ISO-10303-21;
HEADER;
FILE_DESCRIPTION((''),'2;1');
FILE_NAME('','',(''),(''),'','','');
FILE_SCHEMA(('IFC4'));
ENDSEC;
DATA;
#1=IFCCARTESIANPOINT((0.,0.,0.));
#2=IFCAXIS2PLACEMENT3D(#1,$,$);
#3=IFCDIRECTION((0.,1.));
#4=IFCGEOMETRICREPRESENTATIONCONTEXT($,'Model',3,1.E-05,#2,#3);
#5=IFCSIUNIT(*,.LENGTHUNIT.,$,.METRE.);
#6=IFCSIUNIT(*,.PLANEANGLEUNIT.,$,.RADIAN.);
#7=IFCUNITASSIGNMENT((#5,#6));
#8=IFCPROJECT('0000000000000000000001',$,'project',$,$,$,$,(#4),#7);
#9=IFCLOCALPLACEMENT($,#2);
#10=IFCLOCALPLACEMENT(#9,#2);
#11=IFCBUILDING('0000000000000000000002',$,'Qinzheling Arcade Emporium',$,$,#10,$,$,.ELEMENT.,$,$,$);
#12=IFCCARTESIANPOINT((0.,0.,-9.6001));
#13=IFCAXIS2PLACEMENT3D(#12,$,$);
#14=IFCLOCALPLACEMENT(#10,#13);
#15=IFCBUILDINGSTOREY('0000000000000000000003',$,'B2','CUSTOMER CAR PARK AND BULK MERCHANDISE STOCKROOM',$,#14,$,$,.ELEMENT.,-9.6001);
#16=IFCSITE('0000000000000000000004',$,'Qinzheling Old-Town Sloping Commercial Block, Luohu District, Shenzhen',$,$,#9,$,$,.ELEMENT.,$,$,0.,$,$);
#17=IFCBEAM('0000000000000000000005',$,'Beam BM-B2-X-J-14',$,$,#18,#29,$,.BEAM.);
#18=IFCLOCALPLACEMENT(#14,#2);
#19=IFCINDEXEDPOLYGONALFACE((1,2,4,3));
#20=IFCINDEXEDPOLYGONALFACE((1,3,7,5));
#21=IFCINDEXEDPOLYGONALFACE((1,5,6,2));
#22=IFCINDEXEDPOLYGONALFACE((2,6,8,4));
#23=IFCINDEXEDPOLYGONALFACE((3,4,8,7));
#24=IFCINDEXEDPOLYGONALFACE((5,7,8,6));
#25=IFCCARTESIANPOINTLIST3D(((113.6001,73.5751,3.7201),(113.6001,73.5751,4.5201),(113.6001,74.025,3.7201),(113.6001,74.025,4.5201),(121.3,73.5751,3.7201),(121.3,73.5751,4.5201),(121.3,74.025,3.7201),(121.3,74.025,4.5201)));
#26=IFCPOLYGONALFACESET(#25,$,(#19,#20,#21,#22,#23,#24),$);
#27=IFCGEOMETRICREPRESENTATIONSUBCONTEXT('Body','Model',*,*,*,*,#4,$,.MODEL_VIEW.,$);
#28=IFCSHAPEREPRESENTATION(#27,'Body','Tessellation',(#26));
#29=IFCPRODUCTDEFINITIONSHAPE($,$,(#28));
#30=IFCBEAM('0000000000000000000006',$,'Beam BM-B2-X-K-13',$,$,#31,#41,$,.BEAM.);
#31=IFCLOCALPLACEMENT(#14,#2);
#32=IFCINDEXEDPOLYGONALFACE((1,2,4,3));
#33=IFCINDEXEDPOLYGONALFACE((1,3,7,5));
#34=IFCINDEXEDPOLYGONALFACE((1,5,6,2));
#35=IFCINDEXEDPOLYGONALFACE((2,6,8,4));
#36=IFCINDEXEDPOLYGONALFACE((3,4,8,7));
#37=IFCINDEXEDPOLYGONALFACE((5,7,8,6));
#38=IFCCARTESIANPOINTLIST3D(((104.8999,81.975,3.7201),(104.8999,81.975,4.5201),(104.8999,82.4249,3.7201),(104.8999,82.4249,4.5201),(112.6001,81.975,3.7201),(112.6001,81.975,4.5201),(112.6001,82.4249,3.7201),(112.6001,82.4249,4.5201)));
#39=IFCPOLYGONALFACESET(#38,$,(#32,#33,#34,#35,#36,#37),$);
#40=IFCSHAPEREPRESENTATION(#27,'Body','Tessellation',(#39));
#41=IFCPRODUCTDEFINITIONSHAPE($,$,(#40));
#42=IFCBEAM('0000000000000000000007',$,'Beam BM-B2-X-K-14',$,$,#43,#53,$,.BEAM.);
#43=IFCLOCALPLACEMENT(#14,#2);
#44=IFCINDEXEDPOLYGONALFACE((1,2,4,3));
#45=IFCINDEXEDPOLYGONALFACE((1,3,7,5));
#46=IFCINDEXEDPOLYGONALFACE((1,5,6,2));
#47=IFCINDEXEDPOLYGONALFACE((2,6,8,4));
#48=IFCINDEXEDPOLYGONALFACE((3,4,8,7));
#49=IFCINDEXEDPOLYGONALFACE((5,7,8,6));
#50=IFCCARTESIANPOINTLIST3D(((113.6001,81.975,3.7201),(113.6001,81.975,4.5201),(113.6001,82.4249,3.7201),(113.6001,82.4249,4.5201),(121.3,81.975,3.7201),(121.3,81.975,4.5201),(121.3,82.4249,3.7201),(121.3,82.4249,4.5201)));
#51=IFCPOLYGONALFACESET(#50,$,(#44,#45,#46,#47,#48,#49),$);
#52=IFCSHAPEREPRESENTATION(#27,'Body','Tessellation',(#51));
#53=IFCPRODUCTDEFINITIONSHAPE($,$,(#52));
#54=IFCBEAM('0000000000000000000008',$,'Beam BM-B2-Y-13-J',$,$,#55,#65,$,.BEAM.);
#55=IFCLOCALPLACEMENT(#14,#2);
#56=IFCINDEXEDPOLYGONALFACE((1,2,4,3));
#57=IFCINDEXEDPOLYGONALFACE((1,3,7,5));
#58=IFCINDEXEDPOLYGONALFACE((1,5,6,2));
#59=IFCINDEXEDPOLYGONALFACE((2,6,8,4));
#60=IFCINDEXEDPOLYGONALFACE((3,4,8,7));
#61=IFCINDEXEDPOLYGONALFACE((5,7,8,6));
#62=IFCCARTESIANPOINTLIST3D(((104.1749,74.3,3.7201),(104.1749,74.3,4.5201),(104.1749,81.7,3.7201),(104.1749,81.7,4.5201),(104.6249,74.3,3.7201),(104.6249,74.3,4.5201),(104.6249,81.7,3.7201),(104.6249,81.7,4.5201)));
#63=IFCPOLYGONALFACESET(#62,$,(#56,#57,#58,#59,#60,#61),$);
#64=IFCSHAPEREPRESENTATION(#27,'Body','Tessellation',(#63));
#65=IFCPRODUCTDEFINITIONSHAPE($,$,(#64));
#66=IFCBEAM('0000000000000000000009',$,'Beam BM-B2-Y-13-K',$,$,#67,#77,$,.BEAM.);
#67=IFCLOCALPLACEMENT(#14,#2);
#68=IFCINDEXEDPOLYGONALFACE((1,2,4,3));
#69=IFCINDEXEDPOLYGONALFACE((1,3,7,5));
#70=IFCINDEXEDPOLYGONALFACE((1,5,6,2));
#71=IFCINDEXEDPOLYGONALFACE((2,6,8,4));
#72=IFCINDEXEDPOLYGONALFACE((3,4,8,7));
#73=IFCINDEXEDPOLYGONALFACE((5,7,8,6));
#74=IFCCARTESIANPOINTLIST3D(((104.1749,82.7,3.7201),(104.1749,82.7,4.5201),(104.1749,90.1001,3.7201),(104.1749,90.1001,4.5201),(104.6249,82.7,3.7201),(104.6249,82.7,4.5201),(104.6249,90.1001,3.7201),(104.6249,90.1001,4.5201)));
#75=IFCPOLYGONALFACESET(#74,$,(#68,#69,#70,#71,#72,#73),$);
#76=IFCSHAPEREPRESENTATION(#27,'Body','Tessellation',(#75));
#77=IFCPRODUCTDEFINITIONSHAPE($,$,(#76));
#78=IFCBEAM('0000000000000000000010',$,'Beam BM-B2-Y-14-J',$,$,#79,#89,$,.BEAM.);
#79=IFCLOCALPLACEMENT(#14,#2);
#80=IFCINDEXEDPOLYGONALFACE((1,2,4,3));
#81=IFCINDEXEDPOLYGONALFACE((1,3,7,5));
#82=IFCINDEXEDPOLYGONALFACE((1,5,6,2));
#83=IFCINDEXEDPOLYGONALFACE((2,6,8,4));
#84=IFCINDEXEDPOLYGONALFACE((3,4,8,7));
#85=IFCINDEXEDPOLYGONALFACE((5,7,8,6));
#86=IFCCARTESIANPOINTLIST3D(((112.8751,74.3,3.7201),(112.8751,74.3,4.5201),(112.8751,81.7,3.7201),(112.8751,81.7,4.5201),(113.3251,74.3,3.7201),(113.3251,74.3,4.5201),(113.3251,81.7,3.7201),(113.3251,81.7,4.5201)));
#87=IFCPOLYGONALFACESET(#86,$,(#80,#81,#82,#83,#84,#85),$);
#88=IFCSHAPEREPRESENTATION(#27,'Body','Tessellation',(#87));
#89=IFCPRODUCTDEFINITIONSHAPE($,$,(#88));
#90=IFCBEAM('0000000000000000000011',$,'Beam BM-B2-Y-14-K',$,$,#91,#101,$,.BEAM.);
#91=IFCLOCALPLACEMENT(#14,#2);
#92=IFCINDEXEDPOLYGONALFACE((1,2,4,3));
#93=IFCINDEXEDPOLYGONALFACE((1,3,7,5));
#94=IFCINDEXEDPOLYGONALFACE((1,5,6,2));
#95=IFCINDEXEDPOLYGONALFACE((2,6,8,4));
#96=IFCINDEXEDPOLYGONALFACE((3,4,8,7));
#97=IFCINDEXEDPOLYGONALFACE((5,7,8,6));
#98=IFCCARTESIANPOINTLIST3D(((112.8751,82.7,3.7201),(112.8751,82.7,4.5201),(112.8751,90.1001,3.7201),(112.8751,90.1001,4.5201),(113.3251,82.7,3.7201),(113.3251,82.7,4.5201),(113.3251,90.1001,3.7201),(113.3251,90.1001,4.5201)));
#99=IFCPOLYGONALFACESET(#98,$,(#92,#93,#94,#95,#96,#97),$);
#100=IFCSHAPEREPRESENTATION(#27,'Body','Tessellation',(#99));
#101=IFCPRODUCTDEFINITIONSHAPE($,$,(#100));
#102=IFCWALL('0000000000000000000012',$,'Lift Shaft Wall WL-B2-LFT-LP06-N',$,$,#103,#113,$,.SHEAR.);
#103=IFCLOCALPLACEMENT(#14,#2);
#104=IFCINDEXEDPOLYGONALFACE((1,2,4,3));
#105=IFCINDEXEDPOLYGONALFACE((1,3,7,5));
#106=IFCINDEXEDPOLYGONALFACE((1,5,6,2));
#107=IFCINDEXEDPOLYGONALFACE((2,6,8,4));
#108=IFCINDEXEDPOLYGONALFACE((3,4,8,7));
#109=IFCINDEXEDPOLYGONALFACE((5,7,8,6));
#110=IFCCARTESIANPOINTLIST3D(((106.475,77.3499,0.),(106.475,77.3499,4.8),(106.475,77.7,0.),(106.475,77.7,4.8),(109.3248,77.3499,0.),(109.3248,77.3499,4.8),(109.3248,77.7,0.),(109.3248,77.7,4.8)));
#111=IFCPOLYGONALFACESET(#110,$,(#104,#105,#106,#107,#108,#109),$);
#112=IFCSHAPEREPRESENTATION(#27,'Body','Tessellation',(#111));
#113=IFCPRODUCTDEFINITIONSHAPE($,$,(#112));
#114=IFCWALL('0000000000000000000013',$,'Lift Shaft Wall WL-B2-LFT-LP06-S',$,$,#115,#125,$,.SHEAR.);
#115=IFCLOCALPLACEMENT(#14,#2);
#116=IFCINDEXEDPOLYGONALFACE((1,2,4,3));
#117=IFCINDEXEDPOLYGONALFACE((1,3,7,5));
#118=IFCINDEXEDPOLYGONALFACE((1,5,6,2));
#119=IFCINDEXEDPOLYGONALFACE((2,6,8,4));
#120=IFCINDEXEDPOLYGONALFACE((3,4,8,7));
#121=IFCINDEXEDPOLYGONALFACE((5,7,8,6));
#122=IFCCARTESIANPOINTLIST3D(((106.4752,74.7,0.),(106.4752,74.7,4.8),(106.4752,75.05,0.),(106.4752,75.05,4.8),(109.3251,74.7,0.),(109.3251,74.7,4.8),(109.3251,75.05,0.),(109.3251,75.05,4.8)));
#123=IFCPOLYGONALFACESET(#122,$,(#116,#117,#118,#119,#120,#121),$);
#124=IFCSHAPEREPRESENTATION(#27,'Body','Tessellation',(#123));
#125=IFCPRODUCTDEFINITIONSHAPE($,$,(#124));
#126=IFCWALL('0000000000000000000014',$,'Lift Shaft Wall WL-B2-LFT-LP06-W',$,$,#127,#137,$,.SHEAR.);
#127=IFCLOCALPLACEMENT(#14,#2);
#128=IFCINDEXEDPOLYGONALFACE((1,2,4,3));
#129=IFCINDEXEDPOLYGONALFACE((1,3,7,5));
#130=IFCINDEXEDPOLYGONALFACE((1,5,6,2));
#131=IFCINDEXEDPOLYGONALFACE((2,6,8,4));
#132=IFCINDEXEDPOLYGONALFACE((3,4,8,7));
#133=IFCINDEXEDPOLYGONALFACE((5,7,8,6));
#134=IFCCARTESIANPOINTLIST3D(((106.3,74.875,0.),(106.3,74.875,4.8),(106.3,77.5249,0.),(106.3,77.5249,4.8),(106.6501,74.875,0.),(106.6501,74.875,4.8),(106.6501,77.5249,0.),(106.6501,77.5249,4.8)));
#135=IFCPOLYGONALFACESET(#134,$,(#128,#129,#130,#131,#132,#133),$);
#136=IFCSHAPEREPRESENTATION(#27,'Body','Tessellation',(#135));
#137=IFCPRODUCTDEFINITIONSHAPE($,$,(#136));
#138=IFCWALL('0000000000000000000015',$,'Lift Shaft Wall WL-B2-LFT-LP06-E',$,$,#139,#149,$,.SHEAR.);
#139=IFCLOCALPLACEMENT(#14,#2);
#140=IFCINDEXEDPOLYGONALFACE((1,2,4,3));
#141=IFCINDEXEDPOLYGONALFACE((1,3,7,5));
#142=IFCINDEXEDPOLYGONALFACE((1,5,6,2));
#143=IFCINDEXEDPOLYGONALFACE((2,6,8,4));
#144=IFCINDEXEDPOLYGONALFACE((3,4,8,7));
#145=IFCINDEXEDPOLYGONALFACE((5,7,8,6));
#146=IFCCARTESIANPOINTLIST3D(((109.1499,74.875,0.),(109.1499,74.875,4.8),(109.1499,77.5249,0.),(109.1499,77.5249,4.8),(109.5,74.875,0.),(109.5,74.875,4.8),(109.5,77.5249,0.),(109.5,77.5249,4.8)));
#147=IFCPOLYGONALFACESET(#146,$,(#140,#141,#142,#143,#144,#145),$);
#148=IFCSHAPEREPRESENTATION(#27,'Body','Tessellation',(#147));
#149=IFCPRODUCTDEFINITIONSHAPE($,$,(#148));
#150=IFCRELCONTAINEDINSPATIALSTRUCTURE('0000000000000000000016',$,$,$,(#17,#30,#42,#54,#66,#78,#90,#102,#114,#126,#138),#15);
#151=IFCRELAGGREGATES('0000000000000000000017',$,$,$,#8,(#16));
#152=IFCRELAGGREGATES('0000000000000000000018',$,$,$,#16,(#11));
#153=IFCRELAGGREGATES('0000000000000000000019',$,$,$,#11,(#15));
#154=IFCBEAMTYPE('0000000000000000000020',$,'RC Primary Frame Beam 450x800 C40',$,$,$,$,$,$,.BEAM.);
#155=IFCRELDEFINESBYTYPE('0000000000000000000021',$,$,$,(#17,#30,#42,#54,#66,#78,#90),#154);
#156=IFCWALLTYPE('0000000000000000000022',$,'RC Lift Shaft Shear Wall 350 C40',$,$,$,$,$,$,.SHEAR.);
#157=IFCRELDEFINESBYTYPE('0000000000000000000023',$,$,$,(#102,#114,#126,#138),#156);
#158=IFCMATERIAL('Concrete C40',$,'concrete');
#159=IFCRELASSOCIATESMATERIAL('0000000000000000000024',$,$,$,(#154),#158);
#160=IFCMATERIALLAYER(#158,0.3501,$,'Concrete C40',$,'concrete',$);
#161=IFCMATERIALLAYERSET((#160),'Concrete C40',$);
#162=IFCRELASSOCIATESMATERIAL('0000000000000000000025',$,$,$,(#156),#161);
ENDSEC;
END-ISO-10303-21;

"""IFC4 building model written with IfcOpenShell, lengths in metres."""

from ifc_helpers import new_model, si_unit, direction, frame, frame_2d, origin, origin_2d, place, context, subcontext, project, spatial, rectangle, extrude, material, layer, layer_set, material_profile, profile_set, type_object, element, save


model = new_model("IFC4")

# Units and contexts
model_context = context("Model", 3, precision=1e-05, world=origin(), true_north=direction((0.0, 1.0)))
body_context = subcontext(model_context, "Body", "Model", "MODEL_VIEW")
ifc_project = project(units=[si_unit("LENGTHUNIT", "METRE"), si_unit("PLANEANGLEUNIT", "RADIAN")], contexts=[model_context])

# Site, building, storey
site_placement = place(None, origin())
site = spatial("IfcSite", under=ifc_project, at=site_placement, Name="Qinzheling Old-Town Sloping Commercial Block, Luohu District, Shenzhen", CompositionType="ELEMENT", RefElevation=0.0)
building_placement = place(site_placement, origin())
building = spatial("IfcBuilding", under=site, at=building_placement, Name="Qinzheling Arcade Emporium", CompositionType="ELEMENT")
storey_placement = place(building_placement, frame((0.0, 0.0, -9.6001)))
storey = spatial("IfcBuildingStorey", under=building, at=storey_placement, Name="B2", Description="CUSTOMER CAR PARK AND BULK MERCHANDISE STOCKROOM", CompositionType="ELEMENT", Elevation=-9.6001)

# Shared definitions
ifc_material_1 = material(Name="Concrete C40", Category="concrete")

# Beams
ifc_material_profile_1 = material_profile(ifc_material_1, rectangle(XDim=0.45, YDim=0.8, at=origin_2d()), Name="RC 450x800", Category="concrete")
ifc_profile_set_1 = profile_set([ifc_material_profile_1], Name="Concrete C40")
beam_type = type_object("IfcBeamType", Name="RC Primary Frame Beam 450x800 C40", PredefinedType="BEAM", material=ifc_profile_set_1)
beam_1_placement = place(storey_placement, frame((113.6001, 73.8, 4.1201), z_axis=(1.0, 0.0, 0.0), x_axis=(0.0, 1.0, 0.0)))
element("IfcBeam", 1, at=beam_1_placement, inside=storey, type_object=beam_type, Name="Beam BM-B2-X-J-14", PredefinedType="BEAM", context=body_context, shape_type="SweptSolid", body=[
    extrude(rectangle(XDim=0.45, YDim=0.8, at=origin_2d()), origin(), (0.0, 0.0, 1.0), 7.7),
])
beam_2_placement = place(storey_placement, frame((104.8999, 82.2, 4.1201), z_axis=(1.0, 0.0, 0.0), x_axis=(0.0, 1.0, 0.0)))
element("IfcBeam", 2, at=beam_2_placement, inside=storey, type_object=beam_type, Name="Beam BM-B2-X-K-13", PredefinedType="BEAM", context=body_context, shape_type="SweptSolid", body=[
    extrude(rectangle(XDim=0.45, YDim=0.8, at=origin_2d()), origin(), (0.0, 0.0, 1.0), 7.7002),
])
beam_3_placement = place(storey_placement, frame((113.6001, 82.2, 4.1201), z_axis=(1.0, 0.0, 0.0), x_axis=(0.0, 1.0, 0.0)))
element("IfcBeam", 3, at=beam_3_placement, inside=storey, type_object=beam_type, Name="Beam BM-B2-X-K-14", PredefinedType="BEAM", context=body_context, shape_type="SweptSolid", body=[
    extrude(rectangle(XDim=0.45, YDim=0.8, at=origin_2d()), origin(), (0.0, 0.0, 1.0), 7.7),
])
beam_4_placement = place(storey_placement, frame((104.3999, 74.3, 4.1201), z_axis=(0.0, 1.0, 0.0), x_axis=(-1.0, 0.0, 0.0)))
element("IfcBeam", 4, at=beam_4_placement, inside=storey, type_object=beam_type, Name="Beam BM-B2-Y-13-J", PredefinedType="BEAM", context=body_context, shape_type="SweptSolid", body=[
    extrude(rectangle(XDim=0.45, YDim=0.8, at=origin_2d()), origin(), (0.0, 0.0, 1.0), 7.3999),
])
beam_5_placement = place(storey_placement, frame((104.3999, 82.7, 4.1201), z_axis=(0.0, 1.0, 0.0), x_axis=(-1.0, 0.0, 0.0)))
element("IfcBeam", 5, at=beam_5_placement, inside=storey, type_object=beam_type, Name="Beam BM-B2-Y-13-K", PredefinedType="BEAM", context=body_context, shape_type="SweptSolid", body=[
    extrude(rectangle(XDim=0.45, YDim=0.8, at=origin_2d()), origin(), (0.0, 0.0, 1.0), 7.4001),
])
beam_6_placement = place(storey_placement, frame((113.1001, 74.3, 4.1201), z_axis=(0.0, 1.0, 0.0), x_axis=(-1.0, 0.0, 0.0)))
element("IfcBeam", 6, at=beam_6_placement, inside=storey, type_object=beam_type, Name="Beam BM-B2-Y-14-J", PredefinedType="BEAM", context=body_context, shape_type="SweptSolid", body=[
    extrude(rectangle(XDim=0.45, YDim=0.8, at=origin_2d()), origin(), (0.0, 0.0, 1.0), 7.3999),
])
beam_7_placement = place(storey_placement, frame((113.1001, 82.7, 4.1201), z_axis=(0.0, 1.0, 0.0), x_axis=(-1.0, 0.0, 0.0)))
element("IfcBeam", 7, at=beam_7_placement, inside=storey, type_object=beam_type, Name="Beam BM-B2-Y-14-K", PredefinedType="BEAM", context=body_context, shape_type="SweptSolid", body=[
    extrude(rectangle(XDim=0.45, YDim=0.8, at=origin_2d()), origin(), (0.0, 0.0, 1.0), 7.4001),
])

# Walls
ifc_layer = layer(ifc_material_1, 0.3501, Name="Concrete C40", Category="concrete")
ifc_layer_set = layer_set([ifc_layer], Name="Concrete C40")
wall_type = type_object("IfcWallType", Name="RC Lift Shaft Shear Wall 350 C40", PredefinedType="SHEAR", material=ifc_layer_set)
for number, where, z_axis, x_axis, name in (
    (8, (106.4751, 77.5249, 0.0), (0.0, 0.0, 1.0), (1.0, 0.0, 0.0), "Lift Shaft Wall WL-B2-LFT-LP06-N"),
    (9, (109.325, 74.875, 0.0), (0.0, 0.0, 1.0), (-1.0, 0.0, 0.0), "Lift Shaft Wall WL-B2-LFT-LP06-S"),
):
    element("IfcWall", number, at=place(storey_placement, frame(where, z_axis=z_axis, x_axis=x_axis)), inside=storey, type_object=wall_type, Name=name, PredefinedType="SHEAR", context=body_context, shape_type="SweptSolid", body=[
        extrude(rectangle(XDim=2.8499, YDim=0.3501, at=frame_2d((1.4248, 0.0))), origin(), (0.0, 0.0, 1.0), 4.8),
    ])
for number, where, z_axis, x_axis, name in (
    (10, (106.4751, 74.875, 0.0), (0.0, 0.0, 1.0), (0.0, 1.0, 0.0), "Lift Shaft Wall WL-B2-LFT-LP06-W"),
    (11, (109.325, 77.5249, 0.0), (0.0, 0.0, 1.0), (0.0, -1.0, 0.0), "Lift Shaft Wall WL-B2-LFT-LP06-E"),
):
    element("IfcWall", number, at=place(storey_placement, frame(where, z_axis=z_axis, x_axis=x_axis)), inside=storey, type_object=wall_type, Name=name, PredefinedType="SHEAR", context=body_context, shape_type="SweptSolid", body=[
        extrude(rectangle(XDim=2.6499, YDim=0.3501, at=frame_2d((1.325, 0.0))), origin(), (0.0, 0.0, 1.0), 4.8),
    ])

save(model, "model.ifc")
